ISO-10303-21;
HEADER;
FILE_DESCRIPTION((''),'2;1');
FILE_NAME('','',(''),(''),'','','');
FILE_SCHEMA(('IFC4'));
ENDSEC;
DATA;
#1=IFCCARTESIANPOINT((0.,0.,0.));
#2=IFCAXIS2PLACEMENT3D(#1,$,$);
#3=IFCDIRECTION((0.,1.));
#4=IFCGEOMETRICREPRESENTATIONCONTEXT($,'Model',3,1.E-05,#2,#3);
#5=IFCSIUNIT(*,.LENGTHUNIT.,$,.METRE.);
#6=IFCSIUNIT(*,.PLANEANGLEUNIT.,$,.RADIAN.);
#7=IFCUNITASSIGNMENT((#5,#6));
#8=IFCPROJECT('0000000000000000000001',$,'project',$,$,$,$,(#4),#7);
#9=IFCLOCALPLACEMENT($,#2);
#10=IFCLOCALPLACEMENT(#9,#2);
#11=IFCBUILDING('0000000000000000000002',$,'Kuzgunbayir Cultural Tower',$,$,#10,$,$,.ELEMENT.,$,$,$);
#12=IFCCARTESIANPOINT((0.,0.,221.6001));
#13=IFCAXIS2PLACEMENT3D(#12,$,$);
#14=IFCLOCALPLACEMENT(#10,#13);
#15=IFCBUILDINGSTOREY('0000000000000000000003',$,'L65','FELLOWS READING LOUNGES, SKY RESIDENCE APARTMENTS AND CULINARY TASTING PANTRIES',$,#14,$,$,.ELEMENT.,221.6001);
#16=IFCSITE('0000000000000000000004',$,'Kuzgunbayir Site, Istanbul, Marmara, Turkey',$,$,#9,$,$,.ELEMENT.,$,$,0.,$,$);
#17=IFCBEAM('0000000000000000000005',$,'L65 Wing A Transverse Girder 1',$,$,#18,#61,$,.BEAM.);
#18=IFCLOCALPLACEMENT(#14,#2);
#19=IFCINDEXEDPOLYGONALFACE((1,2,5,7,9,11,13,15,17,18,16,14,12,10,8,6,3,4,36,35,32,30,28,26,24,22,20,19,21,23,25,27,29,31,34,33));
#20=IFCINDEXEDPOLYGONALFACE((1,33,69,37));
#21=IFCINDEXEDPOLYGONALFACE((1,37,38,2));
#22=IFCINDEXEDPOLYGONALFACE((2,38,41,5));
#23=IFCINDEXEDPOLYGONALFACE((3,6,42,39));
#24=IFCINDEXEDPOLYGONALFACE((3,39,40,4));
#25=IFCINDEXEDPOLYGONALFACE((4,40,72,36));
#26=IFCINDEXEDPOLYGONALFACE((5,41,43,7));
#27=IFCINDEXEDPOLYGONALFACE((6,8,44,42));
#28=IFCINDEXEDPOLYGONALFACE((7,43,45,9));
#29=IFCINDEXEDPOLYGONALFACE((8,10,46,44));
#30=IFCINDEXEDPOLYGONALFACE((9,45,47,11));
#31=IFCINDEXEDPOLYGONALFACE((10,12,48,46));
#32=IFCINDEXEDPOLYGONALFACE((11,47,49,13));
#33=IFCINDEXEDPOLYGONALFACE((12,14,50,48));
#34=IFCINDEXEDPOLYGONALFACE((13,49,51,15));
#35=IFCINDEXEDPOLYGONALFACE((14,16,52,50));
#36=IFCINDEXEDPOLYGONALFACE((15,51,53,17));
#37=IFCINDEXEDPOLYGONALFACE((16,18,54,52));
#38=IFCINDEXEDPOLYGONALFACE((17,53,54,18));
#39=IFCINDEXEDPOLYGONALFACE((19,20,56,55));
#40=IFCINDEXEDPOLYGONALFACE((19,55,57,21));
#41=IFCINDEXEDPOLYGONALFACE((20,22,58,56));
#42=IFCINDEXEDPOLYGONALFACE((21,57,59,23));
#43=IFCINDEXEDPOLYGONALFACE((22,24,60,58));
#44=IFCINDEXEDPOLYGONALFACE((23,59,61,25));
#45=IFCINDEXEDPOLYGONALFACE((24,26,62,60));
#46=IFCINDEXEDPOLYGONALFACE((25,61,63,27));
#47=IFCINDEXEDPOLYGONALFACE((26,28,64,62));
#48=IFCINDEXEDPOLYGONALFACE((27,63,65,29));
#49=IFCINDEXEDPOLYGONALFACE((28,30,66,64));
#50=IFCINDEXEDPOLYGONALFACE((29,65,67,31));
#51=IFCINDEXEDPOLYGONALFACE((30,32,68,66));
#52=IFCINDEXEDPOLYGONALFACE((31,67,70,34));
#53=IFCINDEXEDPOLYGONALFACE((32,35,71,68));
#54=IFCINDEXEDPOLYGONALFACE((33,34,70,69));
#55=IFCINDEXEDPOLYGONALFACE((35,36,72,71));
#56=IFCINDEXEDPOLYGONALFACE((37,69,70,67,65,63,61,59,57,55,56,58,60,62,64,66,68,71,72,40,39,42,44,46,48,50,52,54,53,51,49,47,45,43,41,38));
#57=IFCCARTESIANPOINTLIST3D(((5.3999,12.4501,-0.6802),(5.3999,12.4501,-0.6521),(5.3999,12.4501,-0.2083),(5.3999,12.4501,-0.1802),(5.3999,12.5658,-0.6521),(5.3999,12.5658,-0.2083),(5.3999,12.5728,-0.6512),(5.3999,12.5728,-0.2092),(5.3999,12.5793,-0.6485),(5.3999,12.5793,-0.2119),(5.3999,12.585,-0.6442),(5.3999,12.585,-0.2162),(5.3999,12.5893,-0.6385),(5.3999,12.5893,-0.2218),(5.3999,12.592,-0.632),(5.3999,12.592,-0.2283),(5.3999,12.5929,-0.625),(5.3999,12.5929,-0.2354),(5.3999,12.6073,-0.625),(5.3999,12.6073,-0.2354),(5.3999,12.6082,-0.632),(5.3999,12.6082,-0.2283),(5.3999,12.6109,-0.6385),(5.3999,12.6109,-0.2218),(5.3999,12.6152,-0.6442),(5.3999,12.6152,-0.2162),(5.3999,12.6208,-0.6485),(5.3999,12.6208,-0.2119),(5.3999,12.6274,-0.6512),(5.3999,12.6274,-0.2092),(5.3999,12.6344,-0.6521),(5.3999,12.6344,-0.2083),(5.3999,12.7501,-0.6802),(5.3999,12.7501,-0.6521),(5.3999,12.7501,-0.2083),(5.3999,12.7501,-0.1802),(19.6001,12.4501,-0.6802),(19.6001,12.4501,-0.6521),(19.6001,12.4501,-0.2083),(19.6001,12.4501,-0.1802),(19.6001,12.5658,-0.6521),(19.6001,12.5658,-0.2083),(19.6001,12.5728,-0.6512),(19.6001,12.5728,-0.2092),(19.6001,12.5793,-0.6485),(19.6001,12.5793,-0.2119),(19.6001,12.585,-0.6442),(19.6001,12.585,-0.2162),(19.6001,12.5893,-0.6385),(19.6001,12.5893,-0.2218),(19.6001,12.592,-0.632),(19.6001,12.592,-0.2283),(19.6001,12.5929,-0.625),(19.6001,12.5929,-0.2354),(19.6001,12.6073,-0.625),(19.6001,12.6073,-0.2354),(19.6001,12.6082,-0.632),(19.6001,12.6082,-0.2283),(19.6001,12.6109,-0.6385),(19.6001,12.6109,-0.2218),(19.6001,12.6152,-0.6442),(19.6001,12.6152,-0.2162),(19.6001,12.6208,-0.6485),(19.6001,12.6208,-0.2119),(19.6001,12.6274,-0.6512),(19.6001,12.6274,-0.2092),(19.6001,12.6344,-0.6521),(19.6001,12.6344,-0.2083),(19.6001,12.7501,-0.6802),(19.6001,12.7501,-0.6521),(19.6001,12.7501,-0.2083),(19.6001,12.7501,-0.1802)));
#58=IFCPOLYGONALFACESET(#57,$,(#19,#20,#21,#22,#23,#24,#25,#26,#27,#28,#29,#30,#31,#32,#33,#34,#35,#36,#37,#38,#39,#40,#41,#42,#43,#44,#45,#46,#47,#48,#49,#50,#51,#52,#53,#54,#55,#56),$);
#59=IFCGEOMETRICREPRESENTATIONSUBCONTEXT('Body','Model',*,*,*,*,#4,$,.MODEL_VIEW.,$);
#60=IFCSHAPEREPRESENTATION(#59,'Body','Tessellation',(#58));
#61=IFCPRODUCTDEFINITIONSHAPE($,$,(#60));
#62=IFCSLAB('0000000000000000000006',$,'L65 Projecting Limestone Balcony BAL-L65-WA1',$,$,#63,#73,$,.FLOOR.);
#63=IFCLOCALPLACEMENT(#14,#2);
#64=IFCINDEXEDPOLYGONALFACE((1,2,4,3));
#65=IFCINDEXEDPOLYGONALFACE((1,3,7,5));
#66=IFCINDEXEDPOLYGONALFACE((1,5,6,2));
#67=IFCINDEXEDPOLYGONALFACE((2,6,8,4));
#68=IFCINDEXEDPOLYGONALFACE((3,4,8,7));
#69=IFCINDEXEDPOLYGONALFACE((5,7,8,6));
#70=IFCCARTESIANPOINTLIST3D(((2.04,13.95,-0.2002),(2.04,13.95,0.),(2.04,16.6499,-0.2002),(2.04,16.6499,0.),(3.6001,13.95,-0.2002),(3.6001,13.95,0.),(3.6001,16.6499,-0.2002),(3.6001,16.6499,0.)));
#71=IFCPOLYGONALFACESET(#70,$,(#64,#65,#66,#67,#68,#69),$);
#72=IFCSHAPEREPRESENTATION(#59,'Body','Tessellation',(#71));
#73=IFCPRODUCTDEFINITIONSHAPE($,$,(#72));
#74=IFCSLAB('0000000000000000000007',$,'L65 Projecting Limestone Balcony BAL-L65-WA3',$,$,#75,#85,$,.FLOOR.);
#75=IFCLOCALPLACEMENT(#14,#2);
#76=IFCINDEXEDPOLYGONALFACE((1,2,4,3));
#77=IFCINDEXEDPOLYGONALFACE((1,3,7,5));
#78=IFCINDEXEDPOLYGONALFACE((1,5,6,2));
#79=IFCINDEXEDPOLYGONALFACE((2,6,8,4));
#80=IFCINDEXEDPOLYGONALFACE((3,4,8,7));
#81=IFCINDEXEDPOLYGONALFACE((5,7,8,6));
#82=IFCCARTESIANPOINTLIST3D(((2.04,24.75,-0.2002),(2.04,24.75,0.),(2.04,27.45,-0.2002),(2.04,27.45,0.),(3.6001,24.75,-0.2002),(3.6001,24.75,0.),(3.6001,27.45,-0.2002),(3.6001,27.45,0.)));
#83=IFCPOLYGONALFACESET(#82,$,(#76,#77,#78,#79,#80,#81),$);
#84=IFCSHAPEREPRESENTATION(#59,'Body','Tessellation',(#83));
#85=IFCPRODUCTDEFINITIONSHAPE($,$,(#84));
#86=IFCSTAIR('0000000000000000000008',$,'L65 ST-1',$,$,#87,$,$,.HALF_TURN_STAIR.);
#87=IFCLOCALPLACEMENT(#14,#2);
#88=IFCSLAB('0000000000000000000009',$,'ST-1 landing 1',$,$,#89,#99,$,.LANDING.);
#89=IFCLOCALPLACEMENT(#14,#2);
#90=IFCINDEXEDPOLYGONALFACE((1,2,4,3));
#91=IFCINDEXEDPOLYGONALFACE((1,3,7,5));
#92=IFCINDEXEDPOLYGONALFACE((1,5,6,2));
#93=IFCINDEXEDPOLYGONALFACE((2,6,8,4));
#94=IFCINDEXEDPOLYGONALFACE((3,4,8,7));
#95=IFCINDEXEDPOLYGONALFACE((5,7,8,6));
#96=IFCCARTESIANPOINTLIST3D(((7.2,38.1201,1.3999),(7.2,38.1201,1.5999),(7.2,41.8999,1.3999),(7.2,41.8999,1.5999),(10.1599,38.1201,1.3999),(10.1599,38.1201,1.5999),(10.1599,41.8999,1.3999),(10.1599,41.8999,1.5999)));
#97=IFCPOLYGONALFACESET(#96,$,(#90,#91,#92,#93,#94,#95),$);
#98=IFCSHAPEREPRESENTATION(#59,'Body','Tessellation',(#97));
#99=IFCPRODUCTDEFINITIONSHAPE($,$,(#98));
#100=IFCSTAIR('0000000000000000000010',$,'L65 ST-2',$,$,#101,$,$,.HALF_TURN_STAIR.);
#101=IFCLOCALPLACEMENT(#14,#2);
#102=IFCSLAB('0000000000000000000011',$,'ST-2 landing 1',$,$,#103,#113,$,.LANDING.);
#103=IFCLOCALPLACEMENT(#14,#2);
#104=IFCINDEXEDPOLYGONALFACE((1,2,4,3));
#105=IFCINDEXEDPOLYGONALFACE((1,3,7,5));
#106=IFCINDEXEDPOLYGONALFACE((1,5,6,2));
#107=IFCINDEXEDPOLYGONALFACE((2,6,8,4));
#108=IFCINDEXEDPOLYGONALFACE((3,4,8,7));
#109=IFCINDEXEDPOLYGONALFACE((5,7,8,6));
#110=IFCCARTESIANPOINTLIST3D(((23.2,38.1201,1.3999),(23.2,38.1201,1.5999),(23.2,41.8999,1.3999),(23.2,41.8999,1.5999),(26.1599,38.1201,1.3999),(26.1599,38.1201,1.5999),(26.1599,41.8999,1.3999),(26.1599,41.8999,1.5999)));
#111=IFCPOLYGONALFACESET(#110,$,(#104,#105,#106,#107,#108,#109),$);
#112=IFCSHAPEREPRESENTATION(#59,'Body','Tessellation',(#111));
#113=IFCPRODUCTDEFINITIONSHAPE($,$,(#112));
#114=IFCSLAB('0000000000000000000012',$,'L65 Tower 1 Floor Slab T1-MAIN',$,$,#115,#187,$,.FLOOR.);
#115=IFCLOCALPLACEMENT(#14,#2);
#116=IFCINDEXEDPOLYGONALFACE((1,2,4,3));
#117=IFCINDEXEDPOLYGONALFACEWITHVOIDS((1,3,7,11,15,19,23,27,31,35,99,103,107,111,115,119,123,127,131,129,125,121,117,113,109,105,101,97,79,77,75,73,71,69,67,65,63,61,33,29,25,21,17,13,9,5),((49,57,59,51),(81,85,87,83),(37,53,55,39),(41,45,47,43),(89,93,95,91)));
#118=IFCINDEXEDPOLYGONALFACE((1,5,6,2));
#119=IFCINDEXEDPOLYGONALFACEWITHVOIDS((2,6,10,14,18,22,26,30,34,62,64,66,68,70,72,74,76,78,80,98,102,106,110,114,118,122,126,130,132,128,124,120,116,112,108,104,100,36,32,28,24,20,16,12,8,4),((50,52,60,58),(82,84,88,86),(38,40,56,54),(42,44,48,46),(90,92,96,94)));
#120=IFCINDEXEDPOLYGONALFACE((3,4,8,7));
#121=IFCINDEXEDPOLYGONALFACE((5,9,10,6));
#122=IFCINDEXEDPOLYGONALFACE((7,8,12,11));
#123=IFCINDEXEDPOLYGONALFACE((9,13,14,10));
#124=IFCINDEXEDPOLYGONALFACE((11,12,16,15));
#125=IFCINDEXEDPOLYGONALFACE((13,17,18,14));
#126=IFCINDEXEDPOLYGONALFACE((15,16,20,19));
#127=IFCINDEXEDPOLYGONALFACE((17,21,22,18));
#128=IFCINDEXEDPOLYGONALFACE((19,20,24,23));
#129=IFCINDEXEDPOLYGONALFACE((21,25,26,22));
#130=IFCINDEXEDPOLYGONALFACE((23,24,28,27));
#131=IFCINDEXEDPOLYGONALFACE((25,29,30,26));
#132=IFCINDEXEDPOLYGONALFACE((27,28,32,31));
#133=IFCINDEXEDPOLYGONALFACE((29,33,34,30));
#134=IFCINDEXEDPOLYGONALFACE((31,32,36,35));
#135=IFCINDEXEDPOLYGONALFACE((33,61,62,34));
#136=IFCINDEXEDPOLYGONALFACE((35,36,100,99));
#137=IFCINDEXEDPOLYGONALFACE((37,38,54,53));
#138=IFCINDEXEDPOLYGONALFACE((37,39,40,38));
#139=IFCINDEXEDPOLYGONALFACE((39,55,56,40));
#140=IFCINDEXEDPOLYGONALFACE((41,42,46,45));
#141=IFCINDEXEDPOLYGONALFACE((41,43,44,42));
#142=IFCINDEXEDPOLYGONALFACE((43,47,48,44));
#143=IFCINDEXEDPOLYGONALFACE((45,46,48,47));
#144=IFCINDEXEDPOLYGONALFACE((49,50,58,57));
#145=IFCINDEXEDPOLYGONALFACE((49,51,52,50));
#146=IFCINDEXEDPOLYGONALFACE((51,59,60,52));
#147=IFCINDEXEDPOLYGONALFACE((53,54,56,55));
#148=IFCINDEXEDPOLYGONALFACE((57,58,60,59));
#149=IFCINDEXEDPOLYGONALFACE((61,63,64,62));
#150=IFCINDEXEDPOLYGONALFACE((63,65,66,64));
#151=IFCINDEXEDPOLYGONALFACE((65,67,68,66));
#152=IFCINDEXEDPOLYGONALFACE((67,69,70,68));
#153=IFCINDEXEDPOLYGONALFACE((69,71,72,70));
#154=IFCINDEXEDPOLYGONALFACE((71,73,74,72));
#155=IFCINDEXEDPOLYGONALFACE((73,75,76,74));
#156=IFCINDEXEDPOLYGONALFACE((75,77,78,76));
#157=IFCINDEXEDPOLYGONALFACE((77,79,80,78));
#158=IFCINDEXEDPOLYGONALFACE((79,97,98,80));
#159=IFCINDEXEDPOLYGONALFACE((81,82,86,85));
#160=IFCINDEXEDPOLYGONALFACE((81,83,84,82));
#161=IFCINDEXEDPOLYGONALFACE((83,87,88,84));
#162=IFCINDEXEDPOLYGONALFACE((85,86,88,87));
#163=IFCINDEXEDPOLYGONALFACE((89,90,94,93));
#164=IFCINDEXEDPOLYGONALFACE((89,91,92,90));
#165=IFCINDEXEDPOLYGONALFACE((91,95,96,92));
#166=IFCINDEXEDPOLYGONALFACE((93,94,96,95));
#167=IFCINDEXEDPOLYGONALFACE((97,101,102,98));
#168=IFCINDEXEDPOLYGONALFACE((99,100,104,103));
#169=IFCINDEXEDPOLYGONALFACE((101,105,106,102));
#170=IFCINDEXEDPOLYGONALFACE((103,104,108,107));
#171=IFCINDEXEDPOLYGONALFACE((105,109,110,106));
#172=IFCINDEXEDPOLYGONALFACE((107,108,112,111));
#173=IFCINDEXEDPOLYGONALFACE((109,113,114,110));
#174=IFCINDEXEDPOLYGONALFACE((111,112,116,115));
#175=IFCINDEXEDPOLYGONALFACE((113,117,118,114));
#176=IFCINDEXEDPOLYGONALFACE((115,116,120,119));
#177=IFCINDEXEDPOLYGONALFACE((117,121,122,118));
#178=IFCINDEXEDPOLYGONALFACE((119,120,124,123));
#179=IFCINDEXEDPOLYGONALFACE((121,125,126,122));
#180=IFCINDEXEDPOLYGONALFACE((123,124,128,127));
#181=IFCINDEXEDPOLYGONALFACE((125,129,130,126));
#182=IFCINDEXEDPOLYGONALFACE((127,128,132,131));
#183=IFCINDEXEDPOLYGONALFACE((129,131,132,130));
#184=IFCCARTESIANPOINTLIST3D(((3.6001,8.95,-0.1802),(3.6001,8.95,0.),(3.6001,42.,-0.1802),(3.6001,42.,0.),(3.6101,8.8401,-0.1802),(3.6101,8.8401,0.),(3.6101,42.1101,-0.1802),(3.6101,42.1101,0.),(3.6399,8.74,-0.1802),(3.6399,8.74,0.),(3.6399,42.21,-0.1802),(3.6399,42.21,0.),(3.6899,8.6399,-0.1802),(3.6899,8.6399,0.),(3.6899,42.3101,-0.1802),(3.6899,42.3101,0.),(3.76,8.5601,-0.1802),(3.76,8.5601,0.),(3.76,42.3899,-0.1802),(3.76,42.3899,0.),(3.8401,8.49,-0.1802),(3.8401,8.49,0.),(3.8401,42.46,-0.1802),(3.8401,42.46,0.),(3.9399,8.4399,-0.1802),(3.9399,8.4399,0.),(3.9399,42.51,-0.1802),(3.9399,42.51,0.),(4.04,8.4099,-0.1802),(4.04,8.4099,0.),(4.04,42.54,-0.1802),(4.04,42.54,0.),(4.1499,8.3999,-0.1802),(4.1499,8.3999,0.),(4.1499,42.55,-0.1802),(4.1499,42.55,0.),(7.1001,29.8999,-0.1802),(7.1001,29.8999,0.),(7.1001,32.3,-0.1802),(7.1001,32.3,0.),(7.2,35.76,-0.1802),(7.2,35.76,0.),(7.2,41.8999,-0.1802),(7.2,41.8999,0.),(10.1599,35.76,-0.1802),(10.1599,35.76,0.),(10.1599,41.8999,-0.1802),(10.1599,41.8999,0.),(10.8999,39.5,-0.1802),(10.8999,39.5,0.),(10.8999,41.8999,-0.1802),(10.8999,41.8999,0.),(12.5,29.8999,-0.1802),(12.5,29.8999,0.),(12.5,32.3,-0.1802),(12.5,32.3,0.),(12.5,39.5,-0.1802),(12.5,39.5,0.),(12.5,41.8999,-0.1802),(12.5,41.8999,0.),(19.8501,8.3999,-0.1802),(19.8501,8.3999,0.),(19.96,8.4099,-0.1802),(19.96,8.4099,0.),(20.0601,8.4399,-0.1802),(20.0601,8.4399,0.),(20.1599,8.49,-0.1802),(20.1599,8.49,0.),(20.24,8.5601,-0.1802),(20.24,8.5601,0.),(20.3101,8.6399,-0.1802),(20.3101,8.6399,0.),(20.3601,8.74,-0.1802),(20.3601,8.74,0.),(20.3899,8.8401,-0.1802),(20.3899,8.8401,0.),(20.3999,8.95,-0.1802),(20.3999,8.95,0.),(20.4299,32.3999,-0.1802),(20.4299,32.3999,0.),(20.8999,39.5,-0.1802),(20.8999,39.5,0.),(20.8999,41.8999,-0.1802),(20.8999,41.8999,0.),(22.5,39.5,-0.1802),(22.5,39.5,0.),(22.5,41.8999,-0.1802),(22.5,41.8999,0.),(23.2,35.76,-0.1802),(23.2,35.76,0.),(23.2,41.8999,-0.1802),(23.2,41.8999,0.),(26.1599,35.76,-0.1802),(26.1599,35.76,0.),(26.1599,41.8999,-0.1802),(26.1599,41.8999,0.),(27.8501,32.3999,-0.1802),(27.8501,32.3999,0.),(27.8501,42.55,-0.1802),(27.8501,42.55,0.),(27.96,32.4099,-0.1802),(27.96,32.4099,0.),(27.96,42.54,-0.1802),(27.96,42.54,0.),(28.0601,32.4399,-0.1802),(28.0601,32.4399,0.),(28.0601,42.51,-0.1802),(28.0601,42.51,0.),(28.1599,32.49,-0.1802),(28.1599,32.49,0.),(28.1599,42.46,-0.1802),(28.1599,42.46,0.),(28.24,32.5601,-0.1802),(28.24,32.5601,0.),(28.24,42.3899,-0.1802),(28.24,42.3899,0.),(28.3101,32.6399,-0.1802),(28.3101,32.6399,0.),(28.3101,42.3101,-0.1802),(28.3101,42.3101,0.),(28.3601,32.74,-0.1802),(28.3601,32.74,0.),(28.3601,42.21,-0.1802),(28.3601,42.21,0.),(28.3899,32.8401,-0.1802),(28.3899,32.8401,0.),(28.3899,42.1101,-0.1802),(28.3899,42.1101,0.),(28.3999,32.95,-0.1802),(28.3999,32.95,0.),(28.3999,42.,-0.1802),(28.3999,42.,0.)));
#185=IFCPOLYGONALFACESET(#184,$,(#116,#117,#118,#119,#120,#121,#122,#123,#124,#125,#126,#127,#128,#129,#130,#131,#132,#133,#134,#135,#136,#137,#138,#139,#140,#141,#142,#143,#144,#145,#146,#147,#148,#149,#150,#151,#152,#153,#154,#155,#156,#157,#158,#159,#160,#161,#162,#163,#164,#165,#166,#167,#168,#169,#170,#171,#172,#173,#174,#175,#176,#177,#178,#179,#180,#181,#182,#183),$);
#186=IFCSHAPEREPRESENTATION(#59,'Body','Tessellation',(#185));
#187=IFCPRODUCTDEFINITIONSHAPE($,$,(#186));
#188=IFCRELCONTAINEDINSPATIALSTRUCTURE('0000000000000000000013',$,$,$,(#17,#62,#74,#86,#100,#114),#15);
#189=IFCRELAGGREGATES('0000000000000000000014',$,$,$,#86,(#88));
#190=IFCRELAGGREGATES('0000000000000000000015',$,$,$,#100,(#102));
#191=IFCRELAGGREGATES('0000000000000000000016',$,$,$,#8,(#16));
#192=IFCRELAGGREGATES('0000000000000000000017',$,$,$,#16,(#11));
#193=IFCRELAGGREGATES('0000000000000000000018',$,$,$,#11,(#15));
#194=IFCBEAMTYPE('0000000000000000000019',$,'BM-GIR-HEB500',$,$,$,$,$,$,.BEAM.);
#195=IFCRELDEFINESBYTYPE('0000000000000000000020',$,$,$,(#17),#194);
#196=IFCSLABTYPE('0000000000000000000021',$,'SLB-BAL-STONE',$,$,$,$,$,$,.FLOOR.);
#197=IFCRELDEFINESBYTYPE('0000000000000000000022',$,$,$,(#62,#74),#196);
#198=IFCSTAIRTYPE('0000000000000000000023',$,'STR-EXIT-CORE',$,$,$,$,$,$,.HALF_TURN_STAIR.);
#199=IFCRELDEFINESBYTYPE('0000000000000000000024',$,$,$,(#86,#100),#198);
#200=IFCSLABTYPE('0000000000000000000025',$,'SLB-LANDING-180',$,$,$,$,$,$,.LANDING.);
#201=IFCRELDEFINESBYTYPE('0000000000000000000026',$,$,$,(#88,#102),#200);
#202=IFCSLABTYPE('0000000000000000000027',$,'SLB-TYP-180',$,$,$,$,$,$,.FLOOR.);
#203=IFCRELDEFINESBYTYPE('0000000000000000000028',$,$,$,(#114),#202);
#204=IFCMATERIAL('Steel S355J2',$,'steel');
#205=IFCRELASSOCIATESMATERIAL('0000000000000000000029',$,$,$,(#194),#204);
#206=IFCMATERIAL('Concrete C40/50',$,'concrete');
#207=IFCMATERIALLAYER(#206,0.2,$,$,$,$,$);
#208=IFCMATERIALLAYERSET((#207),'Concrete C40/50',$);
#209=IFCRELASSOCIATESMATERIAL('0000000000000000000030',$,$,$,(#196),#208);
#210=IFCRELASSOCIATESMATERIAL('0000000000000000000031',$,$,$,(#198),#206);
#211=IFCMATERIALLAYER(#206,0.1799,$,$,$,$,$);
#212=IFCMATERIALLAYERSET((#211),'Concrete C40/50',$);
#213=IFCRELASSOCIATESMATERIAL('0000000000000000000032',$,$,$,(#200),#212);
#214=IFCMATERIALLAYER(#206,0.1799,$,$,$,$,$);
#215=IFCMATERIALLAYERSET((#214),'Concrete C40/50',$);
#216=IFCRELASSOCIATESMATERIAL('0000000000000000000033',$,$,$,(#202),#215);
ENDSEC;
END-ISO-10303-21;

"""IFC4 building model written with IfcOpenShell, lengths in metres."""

from ifc_helpers import new_model, si_unit, direction, frame, origin, origin_2d, place, context, subcontext, project, spatial, polyline, i_section, outline, extrude, material, layer, layer_set, material_profile, profile_set, type_object, element, aggregate, save


model = new_model("IFC4")

# Units and contexts
model_context = context("Model", 3, precision=1e-05, world=origin(), true_north=direction((0.0, 1.0)))
body_context = subcontext(model_context, "Body", "Model", "MODEL_VIEW")
ifc_project = project(units=[si_unit("LENGTHUNIT", "METRE"), si_unit("PLANEANGLEUNIT", "RADIAN")], contexts=[model_context])

# Site, building, storey
site_placement = place(None, origin())
site = spatial("IfcSite", under=ifc_project, at=site_placement, Name="Kuzgunbayir Site, Istanbul, Marmara, Turkey", CompositionType="ELEMENT", RefElevation=0.0)
building_placement = place(site_placement, origin())
building = spatial("IfcBuilding", under=site, at=building_placement, Name="Kuzgunbayir Cultural Tower", CompositionType="ELEMENT")
storey_placement = place(building_placement, frame((0.0, 0.0, 221.6001)))
storey = spatial("IfcBuildingStorey", under=building, at=storey_placement, Name="L65", Description="FELLOWS READING LOUNGES, SKY RESIDENCE APARTMENTS AND CULINARY TASTING PANTRIES", CompositionType="ELEMENT", Elevation=221.6001)

# Beam
ifc_material_1 = material(Name="Steel S355J2", Category="steel")
ifc_material_profile_1 = material_profile(ifc_material_1, i_section(OverallWidth=0.3, OverallDepth=0.5, WebThickness=0.0144, FlangeThickness=0.0281, FilletRadius=0.0271, at=origin_2d()), Name="HEB 500")
ifc_profile_set_1 = profile_set([ifc_material_profile_1], Name="Steel S355J2")
beam_type_1 = type_object("IfcBeamType", Name="BM-GIR-HEB500", PredefinedType="BEAM", material=ifc_profile_set_1)
beam_1_placement = place(storey_placement, frame((5.3999, 12.6001, -0.4302), z_axis=(1.0, 0.0, 0.0), x_axis=(0.0, 1.0, 0.0)))
element("IfcBeam", 1, at=beam_1_placement, inside=storey, type_object=beam_type_1, Name="L65 Wing A Transverse Girder 1", PredefinedType="BEAM", context=body_context, shape_type="SweptSolid", body=[
    extrude(i_section(OverallWidth=0.3, OverallDepth=0.5, WebThickness=0.0144, FlangeThickness=0.0281, FilletRadius=0.0271, at=origin_2d()), origin(), (0.0, 0.0, 1.0), 14.2002),
])

# Slabs
ifc_material_2 = material(Name="Concrete C40/50", Category="concrete")
ifc_layer_1 = layer(ifc_material_2, 0.2)
ifc_layer_set_1 = layer_set([ifc_layer_1], Name="Concrete C40/50")
slab_type_1 = type_object("IfcSlabType", Name="SLB-BAL-STONE", PredefinedType="FLOOR", material=ifc_layer_set_1)
slab_1_placement = place(storey_placement, frame((0.0, 0.0, -0.2002)))
element("IfcSlab", 2, at=slab_1_placement, inside=storey, type_object=slab_type_1, Name="L65 Projecting Limestone Balcony BAL-L65-WA1", PredefinedType="FLOOR", context=body_context, shape_type="SweptSolid", body=[
    extrude(outline(polyline([(2.04, 13.95), (3.6001, 13.95), (3.6001, 16.6499), (2.04, 16.6499), (2.04, 13.95)])), origin(), (0.0, 0.0, 1.0), 0.2002),
])
slab_2_placement = place(storey_placement, frame((0.0, 0.0, -0.2002)))
element("IfcSlab", 3, at=slab_2_placement, inside=storey, type_object=slab_type_1, Name="L65 Projecting Limestone Balcony BAL-L65-WA3", PredefinedType="FLOOR", context=body_context, shape_type="SweptSolid", body=[
    extrude(outline(polyline([(2.04, 24.75), (3.6001, 24.75), (3.6001, 27.45), (2.04, 27.45), (2.04, 24.75)])), origin(), (0.0, 0.0, 1.0), 0.2002),
])

# Stairs, slabs
stair_type = type_object("IfcStairType", Name="STR-EXIT-CORE", PredefinedType="HALF_TURN_STAIR", material=ifc_material_2)
stair_1_placement = place(storey_placement, origin())
stair_1 = element("IfcStair", 4, at=stair_1_placement, inside=storey, type_object=stair_type, Name="L65 ST-1", PredefinedType="HALF_TURN_STAIR")
ifc_layer_2 = layer(ifc_material_2, 0.1799)
ifc_layer_set_2 = layer_set([ifc_layer_2], Name="Concrete C40/50")
slab_type_2 = type_object("IfcSlabType", Name="SLB-LANDING-180", PredefinedType="LANDING", material=ifc_layer_set_2)
slab_3_placement = place(storey_placement, frame((0.0, 0.0, 1.3999)))
slab_3 = element("IfcSlab", 5, at=slab_3_placement, type_object=slab_type_2, Name="ST-1 landing 1", PredefinedType="LANDING", context=body_context, shape_type="SweptSolid", body=[
    extrude(outline(polyline([(10.1599, 38.1201), (10.1599, 41.8999), (7.2, 41.8999), (7.2, 38.1201), (10.1599, 38.1201)])), origin(), (0.0, 0.0, 1.0), 0.2),
])
aggregate(stair_1, [slab_3])
stair_2_placement = place(storey_placement, origin())
stair_2 = element("IfcStair", 6, at=stair_2_placement, inside=storey, type_object=stair_type, Name="L65 ST-2", PredefinedType="HALF_TURN_STAIR")
slab_4_placement = place(storey_placement, frame((0.0, 0.0, 1.3999)))
slab_4 = element("IfcSlab", 7, at=slab_4_placement, type_object=slab_type_2, Name="ST-2 landing 1", PredefinedType="LANDING", context=body_context, shape_type="SweptSolid", body=[
    extrude(outline(polyline([(26.1599, 38.1201), (26.1599, 41.8999), (23.2, 41.8999), (23.2, 38.1201), (26.1599, 38.1201)])), origin(), (0.0, 0.0, 1.0), 0.2),
])
aggregate(stair_2, [slab_4])

# Slab
ifc_layer_3 = layer(ifc_material_2, 0.1799)
ifc_layer_set_3 = layer_set([ifc_layer_3], Name="Concrete C40/50")
slab_type_3 = type_object("IfcSlabType", Name="SLB-TYP-180", PredefinedType="FLOOR", material=ifc_layer_set_3)
slab_5_placement = place(storey_placement, frame((0.0, 0.0, -0.1802)))
element("IfcSlab", 8, at=slab_5_placement, inside=storey, type_object=slab_type_3, Name="L65 Tower 1 Floor Slab T1-MAIN", PredefinedType="FLOOR", context=body_context, shape_type="SweptSolid", body=[
    extrude(outline(polyline([(20.3999, 8.95), (20.3899, 8.8401), (20.3601, 8.74), (20.3101, 8.6399), (20.24, 8.5601), (20.1599, 8.49), (20.0601, 8.4399), (19.96, 8.4099), (19.8501, 8.3999), (4.1499, 8.3999), (4.04, 8.4099), (3.9399, 8.4399), (3.8401, 8.49), (3.76, 8.5601), (3.6899, 8.6399), (3.6399, 8.74), (3.6101, 8.8401), (3.6001, 8.95), (3.6001, 42.0), (3.6101, 42.1101), (3.6399, 42.21), (3.6899, 42.3101), (3.76, 42.3899), (3.8401, 42.46), (3.9399, 42.51), (4.04, 42.54), (4.1499, 42.55), (27.8501, 42.55), (27.96, 42.54), (28.0601, 42.51), (28.1599, 42.46), (28.24, 42.3899), (28.3101, 42.3101), (28.3601, 42.21), (28.3899, 42.1101), (28.3999, 42.0), (28.3999, 32.95), (28.3899, 32.8401), (28.3601, 32.74), (28.3101, 32.6399), (28.24, 32.5601), (28.1599, 32.49), (28.0601, 32.4399), (27.96, 32.4099), (27.8501, 32.3999), (20.4299, 32.3999), (20.3999, 8.95)]), holes=[polyline([(7.2, 35.76), (7.2, 41.8999), (10.1599, 41.8999), (10.1599, 35.76), (7.2, 35.76)]), polyline([(23.2, 35.76), (23.2, 41.8999), (26.1599, 41.8999), (26.1599, 35.76), (23.2, 35.76)]), polyline([(7.1001, 29.8999), (7.1001, 32.3), (12.5, 32.3), (12.5, 29.8999), (7.1001, 29.8999)]), polyline([(10.8999, 39.5), (10.8999, 41.8999), (12.5, 41.8999), (12.5, 39.5), (10.8999, 39.5)]), polyline([(20.8999, 39.5), (20.8999, 41.8999), (22.5, 41.8999), (22.5, 39.5), (20.8999, 39.5)])]), origin(), (0.0, 0.0, 1.0), 0.1802),
])

save(model, "model.ifc")
